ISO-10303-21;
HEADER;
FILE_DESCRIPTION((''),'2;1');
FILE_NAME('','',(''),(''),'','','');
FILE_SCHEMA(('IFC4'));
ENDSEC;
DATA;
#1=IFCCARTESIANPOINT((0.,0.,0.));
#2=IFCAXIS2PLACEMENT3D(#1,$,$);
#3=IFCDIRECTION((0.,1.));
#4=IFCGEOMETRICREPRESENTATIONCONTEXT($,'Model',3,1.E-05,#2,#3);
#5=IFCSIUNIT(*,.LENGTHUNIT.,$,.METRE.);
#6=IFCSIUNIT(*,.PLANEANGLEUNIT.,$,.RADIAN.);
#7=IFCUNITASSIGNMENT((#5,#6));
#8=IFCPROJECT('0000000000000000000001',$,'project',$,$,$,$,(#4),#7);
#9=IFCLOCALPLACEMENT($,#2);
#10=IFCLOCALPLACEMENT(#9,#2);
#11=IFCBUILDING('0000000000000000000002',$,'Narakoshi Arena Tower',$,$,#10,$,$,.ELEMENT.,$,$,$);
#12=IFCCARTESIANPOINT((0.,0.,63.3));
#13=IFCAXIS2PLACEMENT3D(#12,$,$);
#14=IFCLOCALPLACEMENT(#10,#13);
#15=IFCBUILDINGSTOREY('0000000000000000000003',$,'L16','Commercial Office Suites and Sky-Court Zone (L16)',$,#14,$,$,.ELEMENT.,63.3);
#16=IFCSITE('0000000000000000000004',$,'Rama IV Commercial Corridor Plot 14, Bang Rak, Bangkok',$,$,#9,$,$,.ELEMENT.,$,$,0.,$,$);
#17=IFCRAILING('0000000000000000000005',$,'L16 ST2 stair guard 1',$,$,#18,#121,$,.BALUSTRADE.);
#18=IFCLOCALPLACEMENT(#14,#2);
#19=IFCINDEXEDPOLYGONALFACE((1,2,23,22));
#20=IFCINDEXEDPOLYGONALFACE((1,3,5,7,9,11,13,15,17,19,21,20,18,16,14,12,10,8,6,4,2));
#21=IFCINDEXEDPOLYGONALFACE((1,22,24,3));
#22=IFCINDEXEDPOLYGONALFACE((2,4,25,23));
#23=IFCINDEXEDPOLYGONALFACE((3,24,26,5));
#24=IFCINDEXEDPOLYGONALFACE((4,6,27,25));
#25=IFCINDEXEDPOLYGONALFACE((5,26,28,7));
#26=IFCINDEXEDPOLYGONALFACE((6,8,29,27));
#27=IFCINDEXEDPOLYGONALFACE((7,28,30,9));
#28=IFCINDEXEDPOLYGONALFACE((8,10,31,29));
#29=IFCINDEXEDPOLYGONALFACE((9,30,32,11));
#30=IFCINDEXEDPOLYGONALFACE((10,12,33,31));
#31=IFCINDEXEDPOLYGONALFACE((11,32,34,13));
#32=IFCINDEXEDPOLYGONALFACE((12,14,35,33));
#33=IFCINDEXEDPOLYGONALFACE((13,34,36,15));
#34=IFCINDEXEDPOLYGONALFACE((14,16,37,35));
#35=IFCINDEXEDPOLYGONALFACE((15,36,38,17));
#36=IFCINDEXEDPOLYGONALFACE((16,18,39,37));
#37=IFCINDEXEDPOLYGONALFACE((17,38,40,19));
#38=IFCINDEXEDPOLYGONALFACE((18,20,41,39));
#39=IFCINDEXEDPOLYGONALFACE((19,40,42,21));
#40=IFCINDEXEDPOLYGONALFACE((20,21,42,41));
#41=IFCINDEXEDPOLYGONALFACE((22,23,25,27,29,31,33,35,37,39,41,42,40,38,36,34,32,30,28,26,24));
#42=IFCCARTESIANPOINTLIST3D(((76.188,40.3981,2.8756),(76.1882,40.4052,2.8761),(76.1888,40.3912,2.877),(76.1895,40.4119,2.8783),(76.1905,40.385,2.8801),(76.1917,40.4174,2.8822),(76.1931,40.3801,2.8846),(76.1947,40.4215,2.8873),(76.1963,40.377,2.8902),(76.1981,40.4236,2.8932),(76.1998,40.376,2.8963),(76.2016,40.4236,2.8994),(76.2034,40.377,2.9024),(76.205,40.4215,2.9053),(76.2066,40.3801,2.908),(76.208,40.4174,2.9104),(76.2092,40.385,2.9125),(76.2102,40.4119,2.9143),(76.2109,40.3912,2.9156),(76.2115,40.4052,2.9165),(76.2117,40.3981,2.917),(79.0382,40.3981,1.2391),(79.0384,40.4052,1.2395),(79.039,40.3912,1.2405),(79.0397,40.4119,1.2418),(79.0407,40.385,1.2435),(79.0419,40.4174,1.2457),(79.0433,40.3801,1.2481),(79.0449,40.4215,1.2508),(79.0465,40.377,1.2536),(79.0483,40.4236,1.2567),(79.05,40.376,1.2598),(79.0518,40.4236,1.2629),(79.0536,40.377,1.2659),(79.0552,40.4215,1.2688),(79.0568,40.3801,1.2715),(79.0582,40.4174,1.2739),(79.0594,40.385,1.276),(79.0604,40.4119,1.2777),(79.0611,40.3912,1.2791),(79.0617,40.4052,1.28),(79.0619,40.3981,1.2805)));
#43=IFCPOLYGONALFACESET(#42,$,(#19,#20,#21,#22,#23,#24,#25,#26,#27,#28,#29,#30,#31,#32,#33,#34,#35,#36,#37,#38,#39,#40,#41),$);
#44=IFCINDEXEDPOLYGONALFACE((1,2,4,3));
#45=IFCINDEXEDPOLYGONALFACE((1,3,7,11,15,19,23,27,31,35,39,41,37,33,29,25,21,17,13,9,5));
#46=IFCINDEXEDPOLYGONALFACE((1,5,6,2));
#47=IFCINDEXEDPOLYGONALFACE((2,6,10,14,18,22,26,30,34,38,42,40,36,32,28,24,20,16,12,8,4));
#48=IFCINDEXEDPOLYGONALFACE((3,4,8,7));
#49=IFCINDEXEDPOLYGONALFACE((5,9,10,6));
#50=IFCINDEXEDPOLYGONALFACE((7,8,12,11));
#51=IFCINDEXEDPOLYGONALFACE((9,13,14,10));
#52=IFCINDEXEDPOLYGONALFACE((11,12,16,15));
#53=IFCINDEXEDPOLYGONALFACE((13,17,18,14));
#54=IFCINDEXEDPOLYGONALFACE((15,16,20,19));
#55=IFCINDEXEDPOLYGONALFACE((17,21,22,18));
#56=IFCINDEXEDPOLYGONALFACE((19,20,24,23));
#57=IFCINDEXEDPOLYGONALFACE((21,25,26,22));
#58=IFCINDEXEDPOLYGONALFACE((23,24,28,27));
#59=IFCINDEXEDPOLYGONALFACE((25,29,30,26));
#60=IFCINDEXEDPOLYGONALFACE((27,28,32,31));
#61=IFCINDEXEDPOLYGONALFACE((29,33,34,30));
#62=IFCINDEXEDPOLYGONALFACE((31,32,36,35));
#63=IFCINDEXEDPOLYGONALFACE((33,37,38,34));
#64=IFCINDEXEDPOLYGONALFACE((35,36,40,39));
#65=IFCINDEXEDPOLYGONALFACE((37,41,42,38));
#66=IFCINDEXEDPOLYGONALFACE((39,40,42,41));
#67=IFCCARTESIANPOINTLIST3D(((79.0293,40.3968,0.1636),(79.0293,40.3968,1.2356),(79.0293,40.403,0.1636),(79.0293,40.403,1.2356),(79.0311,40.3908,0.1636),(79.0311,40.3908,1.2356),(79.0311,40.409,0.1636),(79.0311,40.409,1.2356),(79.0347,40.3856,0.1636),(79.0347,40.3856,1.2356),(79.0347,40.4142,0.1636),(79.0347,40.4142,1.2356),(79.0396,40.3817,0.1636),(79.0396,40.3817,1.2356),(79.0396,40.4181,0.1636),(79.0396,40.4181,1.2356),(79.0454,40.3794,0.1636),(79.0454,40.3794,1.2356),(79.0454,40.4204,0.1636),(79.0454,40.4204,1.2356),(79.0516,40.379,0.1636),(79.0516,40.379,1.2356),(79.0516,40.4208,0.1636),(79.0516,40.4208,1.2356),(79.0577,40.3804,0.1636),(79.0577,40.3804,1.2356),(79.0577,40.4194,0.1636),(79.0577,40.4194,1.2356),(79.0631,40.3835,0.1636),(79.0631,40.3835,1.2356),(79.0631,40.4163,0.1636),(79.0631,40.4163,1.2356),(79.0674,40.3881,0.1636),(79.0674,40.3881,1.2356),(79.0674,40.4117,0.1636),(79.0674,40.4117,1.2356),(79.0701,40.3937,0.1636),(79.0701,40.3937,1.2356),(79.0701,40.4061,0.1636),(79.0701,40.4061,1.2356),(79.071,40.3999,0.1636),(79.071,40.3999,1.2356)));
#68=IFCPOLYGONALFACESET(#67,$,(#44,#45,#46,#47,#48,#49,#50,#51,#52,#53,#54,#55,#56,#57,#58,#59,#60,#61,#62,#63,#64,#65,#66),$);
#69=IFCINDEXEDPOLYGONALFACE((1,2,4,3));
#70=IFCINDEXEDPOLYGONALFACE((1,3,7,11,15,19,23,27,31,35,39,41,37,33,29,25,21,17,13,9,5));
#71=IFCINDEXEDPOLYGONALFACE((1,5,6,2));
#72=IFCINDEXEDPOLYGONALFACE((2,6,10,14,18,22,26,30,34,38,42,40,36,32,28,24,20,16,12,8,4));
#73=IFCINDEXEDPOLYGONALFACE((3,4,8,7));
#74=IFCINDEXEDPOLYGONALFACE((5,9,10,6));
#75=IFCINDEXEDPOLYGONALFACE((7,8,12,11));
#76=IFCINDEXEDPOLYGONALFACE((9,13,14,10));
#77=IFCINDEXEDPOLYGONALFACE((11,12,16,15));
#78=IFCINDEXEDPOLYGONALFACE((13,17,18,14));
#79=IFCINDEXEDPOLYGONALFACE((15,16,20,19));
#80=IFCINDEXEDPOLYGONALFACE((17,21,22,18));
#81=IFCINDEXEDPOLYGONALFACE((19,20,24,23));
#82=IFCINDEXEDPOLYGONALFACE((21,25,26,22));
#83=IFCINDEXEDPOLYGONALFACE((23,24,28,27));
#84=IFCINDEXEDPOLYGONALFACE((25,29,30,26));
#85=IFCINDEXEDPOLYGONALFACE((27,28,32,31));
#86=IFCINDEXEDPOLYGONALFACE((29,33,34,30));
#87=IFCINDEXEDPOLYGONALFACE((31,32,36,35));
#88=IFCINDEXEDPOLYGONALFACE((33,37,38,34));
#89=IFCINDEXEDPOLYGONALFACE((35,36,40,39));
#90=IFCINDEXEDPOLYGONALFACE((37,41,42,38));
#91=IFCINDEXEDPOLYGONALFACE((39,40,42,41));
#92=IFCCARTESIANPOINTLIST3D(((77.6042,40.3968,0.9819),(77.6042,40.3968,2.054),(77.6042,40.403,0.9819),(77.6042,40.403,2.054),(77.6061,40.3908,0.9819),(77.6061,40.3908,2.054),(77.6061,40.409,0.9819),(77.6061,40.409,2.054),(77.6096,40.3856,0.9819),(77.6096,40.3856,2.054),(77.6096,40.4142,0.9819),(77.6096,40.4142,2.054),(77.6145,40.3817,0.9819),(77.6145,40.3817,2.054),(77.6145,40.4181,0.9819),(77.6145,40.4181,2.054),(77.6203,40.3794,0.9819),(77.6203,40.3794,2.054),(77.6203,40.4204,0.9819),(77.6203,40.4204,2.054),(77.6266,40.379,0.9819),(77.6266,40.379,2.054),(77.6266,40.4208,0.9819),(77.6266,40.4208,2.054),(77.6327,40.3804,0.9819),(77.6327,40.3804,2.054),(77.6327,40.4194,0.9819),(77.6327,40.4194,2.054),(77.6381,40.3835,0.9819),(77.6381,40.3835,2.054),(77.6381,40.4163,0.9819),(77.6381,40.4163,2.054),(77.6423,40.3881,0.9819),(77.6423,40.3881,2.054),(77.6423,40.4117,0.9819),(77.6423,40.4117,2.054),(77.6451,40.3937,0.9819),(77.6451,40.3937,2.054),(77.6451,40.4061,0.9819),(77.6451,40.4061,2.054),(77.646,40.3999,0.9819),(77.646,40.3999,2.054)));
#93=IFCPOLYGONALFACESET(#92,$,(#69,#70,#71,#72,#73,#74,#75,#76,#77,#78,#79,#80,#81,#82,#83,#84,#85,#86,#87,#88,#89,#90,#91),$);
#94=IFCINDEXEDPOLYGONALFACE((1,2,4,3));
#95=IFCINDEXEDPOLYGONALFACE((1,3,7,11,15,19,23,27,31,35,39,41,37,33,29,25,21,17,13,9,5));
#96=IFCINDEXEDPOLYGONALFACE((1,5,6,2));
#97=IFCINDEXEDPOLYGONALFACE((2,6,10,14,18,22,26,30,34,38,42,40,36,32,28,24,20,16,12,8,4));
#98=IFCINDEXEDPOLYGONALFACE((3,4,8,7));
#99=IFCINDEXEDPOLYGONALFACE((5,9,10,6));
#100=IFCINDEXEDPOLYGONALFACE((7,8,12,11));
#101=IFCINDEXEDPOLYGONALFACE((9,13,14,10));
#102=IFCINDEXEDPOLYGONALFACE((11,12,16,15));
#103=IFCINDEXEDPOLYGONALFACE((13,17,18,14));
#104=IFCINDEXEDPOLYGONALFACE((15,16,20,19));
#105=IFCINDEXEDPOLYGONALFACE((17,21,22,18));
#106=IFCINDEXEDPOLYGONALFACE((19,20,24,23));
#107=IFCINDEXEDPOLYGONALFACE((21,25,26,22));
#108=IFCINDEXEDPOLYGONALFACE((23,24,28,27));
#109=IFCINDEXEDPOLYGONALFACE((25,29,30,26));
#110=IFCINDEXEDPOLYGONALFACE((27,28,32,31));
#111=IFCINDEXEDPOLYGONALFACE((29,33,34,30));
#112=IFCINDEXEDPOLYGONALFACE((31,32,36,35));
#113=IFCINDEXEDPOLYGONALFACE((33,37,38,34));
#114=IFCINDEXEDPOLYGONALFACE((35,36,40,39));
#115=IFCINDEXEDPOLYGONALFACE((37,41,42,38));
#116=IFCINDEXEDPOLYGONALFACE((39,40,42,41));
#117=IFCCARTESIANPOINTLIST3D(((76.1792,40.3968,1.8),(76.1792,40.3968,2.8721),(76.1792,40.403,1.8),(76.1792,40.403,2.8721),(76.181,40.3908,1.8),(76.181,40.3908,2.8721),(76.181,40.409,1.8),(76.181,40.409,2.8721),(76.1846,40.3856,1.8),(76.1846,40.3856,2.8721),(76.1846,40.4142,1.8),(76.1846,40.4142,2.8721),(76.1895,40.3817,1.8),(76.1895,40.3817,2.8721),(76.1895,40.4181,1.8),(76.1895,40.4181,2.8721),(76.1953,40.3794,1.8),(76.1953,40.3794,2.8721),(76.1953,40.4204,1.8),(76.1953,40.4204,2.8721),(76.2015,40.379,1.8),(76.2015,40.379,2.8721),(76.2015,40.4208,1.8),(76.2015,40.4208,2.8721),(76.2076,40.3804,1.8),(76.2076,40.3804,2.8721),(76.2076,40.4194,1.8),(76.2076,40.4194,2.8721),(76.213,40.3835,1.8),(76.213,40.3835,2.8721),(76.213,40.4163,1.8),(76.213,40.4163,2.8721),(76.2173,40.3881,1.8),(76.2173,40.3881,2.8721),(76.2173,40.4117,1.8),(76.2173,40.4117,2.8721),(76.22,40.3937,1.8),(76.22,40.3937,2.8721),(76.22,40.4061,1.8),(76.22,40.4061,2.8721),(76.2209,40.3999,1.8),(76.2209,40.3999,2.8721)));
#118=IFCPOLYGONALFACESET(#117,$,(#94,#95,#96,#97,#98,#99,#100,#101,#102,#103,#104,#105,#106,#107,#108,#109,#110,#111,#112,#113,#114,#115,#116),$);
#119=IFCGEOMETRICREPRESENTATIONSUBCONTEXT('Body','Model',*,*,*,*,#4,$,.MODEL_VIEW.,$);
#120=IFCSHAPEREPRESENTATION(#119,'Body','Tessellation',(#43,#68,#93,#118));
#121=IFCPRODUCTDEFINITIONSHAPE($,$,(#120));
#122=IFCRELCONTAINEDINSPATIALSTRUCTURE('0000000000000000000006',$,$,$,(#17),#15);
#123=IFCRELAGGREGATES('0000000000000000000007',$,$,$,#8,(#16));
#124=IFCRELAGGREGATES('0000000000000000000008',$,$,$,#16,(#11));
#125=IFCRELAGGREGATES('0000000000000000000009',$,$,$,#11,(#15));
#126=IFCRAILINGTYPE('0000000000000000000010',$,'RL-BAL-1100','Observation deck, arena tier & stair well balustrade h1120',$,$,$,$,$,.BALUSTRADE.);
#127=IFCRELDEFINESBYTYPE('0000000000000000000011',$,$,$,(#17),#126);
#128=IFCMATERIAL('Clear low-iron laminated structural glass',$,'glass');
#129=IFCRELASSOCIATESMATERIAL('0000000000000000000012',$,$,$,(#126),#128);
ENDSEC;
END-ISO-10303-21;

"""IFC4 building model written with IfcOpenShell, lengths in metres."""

from ifc_helpers import new_model, si_unit, direction, frame, origin, origin_2d, place, context, subcontext, project, spatial, circle, extrude, material, type_object, element, save


model = new_model("IFC4")

# Units and contexts
model_context = context("Model", 3, precision=1e-05, world=origin(), true_north=direction((0.0, 1.0)))
body_context = subcontext(model_context, "Body", "Model", "MODEL_VIEW")
ifc_project = project(units=[si_unit("LENGTHUNIT", "METRE"), si_unit("PLANEANGLEUNIT", "RADIAN")], contexts=[model_context])

# Site, building, storey
site_placement = place(None, origin())
site = spatial("IfcSite", under=ifc_project, at=site_placement, Name="Rama IV Commercial Corridor Plot 14, Bang Rak, Bangkok", CompositionType="ELEMENT", RefElevation=0.0)
building_placement = place(site_placement, origin())
building = spatial("IfcBuilding", under=site, at=building_placement, Name="Narakoshi Arena Tower", CompositionType="ELEMENT")
storey_placement = place(building_placement, frame((0.0, 0.0, 63.3)))
storey = spatial("IfcBuildingStorey", under=building, at=storey_placement, Name="L16", Description="Commercial Office Suites and Sky-Court Zone (L16)", CompositionType="ELEMENT", Elevation=63.3)

# Railing
ifc_material_1 = material(Name="Clear low-iron laminated structural glass", Category="glass")
railing_type_1 = type_object("IfcRailingType", Name="RL-BAL-1100", Description="Observation deck, arena tier & stair well balustrade h1120", PredefinedType="BALUSTRADE", material=ifc_material_1)
railing_1_placement = place(storey_placement, frame((79.05, 40.3999, 0.1636)))
element("IfcRailing", 1, at=railing_1_placement, inside=storey, type_object=railing_type_1, Name="L16 ST2 stair guard 1", PredefinedType="BALUSTRADE", context=body_context, shape_type="SweptSolid", body=[
    extrude(circle(Radius=0.0239, at=origin_2d()), frame((0.0, 0.0, 1.0962), z_axis=(-0.867213, 0.0, 0.497938), x_axis=(0.0, -1.0, 0.0)), (0.0, 0.0, 1.0), 3.2866),
    extrude(circle(Radius=0.021, at=origin_2d()), origin(), (0.0, 0.0, 1.0), 1.072),
    extrude(circle(Radius=0.021, at=origin_2d()), frame((-1.425, 0.0, 0.8184)), (0.0, 0.0, 1.0), 1.072),
    extrude(circle(Radius=0.021, at=origin_2d()), frame((-2.8501, 0.0, 1.6365)), (0.0, 0.0, 1.0), 1.072),
])

save(model, "model.ifc")
